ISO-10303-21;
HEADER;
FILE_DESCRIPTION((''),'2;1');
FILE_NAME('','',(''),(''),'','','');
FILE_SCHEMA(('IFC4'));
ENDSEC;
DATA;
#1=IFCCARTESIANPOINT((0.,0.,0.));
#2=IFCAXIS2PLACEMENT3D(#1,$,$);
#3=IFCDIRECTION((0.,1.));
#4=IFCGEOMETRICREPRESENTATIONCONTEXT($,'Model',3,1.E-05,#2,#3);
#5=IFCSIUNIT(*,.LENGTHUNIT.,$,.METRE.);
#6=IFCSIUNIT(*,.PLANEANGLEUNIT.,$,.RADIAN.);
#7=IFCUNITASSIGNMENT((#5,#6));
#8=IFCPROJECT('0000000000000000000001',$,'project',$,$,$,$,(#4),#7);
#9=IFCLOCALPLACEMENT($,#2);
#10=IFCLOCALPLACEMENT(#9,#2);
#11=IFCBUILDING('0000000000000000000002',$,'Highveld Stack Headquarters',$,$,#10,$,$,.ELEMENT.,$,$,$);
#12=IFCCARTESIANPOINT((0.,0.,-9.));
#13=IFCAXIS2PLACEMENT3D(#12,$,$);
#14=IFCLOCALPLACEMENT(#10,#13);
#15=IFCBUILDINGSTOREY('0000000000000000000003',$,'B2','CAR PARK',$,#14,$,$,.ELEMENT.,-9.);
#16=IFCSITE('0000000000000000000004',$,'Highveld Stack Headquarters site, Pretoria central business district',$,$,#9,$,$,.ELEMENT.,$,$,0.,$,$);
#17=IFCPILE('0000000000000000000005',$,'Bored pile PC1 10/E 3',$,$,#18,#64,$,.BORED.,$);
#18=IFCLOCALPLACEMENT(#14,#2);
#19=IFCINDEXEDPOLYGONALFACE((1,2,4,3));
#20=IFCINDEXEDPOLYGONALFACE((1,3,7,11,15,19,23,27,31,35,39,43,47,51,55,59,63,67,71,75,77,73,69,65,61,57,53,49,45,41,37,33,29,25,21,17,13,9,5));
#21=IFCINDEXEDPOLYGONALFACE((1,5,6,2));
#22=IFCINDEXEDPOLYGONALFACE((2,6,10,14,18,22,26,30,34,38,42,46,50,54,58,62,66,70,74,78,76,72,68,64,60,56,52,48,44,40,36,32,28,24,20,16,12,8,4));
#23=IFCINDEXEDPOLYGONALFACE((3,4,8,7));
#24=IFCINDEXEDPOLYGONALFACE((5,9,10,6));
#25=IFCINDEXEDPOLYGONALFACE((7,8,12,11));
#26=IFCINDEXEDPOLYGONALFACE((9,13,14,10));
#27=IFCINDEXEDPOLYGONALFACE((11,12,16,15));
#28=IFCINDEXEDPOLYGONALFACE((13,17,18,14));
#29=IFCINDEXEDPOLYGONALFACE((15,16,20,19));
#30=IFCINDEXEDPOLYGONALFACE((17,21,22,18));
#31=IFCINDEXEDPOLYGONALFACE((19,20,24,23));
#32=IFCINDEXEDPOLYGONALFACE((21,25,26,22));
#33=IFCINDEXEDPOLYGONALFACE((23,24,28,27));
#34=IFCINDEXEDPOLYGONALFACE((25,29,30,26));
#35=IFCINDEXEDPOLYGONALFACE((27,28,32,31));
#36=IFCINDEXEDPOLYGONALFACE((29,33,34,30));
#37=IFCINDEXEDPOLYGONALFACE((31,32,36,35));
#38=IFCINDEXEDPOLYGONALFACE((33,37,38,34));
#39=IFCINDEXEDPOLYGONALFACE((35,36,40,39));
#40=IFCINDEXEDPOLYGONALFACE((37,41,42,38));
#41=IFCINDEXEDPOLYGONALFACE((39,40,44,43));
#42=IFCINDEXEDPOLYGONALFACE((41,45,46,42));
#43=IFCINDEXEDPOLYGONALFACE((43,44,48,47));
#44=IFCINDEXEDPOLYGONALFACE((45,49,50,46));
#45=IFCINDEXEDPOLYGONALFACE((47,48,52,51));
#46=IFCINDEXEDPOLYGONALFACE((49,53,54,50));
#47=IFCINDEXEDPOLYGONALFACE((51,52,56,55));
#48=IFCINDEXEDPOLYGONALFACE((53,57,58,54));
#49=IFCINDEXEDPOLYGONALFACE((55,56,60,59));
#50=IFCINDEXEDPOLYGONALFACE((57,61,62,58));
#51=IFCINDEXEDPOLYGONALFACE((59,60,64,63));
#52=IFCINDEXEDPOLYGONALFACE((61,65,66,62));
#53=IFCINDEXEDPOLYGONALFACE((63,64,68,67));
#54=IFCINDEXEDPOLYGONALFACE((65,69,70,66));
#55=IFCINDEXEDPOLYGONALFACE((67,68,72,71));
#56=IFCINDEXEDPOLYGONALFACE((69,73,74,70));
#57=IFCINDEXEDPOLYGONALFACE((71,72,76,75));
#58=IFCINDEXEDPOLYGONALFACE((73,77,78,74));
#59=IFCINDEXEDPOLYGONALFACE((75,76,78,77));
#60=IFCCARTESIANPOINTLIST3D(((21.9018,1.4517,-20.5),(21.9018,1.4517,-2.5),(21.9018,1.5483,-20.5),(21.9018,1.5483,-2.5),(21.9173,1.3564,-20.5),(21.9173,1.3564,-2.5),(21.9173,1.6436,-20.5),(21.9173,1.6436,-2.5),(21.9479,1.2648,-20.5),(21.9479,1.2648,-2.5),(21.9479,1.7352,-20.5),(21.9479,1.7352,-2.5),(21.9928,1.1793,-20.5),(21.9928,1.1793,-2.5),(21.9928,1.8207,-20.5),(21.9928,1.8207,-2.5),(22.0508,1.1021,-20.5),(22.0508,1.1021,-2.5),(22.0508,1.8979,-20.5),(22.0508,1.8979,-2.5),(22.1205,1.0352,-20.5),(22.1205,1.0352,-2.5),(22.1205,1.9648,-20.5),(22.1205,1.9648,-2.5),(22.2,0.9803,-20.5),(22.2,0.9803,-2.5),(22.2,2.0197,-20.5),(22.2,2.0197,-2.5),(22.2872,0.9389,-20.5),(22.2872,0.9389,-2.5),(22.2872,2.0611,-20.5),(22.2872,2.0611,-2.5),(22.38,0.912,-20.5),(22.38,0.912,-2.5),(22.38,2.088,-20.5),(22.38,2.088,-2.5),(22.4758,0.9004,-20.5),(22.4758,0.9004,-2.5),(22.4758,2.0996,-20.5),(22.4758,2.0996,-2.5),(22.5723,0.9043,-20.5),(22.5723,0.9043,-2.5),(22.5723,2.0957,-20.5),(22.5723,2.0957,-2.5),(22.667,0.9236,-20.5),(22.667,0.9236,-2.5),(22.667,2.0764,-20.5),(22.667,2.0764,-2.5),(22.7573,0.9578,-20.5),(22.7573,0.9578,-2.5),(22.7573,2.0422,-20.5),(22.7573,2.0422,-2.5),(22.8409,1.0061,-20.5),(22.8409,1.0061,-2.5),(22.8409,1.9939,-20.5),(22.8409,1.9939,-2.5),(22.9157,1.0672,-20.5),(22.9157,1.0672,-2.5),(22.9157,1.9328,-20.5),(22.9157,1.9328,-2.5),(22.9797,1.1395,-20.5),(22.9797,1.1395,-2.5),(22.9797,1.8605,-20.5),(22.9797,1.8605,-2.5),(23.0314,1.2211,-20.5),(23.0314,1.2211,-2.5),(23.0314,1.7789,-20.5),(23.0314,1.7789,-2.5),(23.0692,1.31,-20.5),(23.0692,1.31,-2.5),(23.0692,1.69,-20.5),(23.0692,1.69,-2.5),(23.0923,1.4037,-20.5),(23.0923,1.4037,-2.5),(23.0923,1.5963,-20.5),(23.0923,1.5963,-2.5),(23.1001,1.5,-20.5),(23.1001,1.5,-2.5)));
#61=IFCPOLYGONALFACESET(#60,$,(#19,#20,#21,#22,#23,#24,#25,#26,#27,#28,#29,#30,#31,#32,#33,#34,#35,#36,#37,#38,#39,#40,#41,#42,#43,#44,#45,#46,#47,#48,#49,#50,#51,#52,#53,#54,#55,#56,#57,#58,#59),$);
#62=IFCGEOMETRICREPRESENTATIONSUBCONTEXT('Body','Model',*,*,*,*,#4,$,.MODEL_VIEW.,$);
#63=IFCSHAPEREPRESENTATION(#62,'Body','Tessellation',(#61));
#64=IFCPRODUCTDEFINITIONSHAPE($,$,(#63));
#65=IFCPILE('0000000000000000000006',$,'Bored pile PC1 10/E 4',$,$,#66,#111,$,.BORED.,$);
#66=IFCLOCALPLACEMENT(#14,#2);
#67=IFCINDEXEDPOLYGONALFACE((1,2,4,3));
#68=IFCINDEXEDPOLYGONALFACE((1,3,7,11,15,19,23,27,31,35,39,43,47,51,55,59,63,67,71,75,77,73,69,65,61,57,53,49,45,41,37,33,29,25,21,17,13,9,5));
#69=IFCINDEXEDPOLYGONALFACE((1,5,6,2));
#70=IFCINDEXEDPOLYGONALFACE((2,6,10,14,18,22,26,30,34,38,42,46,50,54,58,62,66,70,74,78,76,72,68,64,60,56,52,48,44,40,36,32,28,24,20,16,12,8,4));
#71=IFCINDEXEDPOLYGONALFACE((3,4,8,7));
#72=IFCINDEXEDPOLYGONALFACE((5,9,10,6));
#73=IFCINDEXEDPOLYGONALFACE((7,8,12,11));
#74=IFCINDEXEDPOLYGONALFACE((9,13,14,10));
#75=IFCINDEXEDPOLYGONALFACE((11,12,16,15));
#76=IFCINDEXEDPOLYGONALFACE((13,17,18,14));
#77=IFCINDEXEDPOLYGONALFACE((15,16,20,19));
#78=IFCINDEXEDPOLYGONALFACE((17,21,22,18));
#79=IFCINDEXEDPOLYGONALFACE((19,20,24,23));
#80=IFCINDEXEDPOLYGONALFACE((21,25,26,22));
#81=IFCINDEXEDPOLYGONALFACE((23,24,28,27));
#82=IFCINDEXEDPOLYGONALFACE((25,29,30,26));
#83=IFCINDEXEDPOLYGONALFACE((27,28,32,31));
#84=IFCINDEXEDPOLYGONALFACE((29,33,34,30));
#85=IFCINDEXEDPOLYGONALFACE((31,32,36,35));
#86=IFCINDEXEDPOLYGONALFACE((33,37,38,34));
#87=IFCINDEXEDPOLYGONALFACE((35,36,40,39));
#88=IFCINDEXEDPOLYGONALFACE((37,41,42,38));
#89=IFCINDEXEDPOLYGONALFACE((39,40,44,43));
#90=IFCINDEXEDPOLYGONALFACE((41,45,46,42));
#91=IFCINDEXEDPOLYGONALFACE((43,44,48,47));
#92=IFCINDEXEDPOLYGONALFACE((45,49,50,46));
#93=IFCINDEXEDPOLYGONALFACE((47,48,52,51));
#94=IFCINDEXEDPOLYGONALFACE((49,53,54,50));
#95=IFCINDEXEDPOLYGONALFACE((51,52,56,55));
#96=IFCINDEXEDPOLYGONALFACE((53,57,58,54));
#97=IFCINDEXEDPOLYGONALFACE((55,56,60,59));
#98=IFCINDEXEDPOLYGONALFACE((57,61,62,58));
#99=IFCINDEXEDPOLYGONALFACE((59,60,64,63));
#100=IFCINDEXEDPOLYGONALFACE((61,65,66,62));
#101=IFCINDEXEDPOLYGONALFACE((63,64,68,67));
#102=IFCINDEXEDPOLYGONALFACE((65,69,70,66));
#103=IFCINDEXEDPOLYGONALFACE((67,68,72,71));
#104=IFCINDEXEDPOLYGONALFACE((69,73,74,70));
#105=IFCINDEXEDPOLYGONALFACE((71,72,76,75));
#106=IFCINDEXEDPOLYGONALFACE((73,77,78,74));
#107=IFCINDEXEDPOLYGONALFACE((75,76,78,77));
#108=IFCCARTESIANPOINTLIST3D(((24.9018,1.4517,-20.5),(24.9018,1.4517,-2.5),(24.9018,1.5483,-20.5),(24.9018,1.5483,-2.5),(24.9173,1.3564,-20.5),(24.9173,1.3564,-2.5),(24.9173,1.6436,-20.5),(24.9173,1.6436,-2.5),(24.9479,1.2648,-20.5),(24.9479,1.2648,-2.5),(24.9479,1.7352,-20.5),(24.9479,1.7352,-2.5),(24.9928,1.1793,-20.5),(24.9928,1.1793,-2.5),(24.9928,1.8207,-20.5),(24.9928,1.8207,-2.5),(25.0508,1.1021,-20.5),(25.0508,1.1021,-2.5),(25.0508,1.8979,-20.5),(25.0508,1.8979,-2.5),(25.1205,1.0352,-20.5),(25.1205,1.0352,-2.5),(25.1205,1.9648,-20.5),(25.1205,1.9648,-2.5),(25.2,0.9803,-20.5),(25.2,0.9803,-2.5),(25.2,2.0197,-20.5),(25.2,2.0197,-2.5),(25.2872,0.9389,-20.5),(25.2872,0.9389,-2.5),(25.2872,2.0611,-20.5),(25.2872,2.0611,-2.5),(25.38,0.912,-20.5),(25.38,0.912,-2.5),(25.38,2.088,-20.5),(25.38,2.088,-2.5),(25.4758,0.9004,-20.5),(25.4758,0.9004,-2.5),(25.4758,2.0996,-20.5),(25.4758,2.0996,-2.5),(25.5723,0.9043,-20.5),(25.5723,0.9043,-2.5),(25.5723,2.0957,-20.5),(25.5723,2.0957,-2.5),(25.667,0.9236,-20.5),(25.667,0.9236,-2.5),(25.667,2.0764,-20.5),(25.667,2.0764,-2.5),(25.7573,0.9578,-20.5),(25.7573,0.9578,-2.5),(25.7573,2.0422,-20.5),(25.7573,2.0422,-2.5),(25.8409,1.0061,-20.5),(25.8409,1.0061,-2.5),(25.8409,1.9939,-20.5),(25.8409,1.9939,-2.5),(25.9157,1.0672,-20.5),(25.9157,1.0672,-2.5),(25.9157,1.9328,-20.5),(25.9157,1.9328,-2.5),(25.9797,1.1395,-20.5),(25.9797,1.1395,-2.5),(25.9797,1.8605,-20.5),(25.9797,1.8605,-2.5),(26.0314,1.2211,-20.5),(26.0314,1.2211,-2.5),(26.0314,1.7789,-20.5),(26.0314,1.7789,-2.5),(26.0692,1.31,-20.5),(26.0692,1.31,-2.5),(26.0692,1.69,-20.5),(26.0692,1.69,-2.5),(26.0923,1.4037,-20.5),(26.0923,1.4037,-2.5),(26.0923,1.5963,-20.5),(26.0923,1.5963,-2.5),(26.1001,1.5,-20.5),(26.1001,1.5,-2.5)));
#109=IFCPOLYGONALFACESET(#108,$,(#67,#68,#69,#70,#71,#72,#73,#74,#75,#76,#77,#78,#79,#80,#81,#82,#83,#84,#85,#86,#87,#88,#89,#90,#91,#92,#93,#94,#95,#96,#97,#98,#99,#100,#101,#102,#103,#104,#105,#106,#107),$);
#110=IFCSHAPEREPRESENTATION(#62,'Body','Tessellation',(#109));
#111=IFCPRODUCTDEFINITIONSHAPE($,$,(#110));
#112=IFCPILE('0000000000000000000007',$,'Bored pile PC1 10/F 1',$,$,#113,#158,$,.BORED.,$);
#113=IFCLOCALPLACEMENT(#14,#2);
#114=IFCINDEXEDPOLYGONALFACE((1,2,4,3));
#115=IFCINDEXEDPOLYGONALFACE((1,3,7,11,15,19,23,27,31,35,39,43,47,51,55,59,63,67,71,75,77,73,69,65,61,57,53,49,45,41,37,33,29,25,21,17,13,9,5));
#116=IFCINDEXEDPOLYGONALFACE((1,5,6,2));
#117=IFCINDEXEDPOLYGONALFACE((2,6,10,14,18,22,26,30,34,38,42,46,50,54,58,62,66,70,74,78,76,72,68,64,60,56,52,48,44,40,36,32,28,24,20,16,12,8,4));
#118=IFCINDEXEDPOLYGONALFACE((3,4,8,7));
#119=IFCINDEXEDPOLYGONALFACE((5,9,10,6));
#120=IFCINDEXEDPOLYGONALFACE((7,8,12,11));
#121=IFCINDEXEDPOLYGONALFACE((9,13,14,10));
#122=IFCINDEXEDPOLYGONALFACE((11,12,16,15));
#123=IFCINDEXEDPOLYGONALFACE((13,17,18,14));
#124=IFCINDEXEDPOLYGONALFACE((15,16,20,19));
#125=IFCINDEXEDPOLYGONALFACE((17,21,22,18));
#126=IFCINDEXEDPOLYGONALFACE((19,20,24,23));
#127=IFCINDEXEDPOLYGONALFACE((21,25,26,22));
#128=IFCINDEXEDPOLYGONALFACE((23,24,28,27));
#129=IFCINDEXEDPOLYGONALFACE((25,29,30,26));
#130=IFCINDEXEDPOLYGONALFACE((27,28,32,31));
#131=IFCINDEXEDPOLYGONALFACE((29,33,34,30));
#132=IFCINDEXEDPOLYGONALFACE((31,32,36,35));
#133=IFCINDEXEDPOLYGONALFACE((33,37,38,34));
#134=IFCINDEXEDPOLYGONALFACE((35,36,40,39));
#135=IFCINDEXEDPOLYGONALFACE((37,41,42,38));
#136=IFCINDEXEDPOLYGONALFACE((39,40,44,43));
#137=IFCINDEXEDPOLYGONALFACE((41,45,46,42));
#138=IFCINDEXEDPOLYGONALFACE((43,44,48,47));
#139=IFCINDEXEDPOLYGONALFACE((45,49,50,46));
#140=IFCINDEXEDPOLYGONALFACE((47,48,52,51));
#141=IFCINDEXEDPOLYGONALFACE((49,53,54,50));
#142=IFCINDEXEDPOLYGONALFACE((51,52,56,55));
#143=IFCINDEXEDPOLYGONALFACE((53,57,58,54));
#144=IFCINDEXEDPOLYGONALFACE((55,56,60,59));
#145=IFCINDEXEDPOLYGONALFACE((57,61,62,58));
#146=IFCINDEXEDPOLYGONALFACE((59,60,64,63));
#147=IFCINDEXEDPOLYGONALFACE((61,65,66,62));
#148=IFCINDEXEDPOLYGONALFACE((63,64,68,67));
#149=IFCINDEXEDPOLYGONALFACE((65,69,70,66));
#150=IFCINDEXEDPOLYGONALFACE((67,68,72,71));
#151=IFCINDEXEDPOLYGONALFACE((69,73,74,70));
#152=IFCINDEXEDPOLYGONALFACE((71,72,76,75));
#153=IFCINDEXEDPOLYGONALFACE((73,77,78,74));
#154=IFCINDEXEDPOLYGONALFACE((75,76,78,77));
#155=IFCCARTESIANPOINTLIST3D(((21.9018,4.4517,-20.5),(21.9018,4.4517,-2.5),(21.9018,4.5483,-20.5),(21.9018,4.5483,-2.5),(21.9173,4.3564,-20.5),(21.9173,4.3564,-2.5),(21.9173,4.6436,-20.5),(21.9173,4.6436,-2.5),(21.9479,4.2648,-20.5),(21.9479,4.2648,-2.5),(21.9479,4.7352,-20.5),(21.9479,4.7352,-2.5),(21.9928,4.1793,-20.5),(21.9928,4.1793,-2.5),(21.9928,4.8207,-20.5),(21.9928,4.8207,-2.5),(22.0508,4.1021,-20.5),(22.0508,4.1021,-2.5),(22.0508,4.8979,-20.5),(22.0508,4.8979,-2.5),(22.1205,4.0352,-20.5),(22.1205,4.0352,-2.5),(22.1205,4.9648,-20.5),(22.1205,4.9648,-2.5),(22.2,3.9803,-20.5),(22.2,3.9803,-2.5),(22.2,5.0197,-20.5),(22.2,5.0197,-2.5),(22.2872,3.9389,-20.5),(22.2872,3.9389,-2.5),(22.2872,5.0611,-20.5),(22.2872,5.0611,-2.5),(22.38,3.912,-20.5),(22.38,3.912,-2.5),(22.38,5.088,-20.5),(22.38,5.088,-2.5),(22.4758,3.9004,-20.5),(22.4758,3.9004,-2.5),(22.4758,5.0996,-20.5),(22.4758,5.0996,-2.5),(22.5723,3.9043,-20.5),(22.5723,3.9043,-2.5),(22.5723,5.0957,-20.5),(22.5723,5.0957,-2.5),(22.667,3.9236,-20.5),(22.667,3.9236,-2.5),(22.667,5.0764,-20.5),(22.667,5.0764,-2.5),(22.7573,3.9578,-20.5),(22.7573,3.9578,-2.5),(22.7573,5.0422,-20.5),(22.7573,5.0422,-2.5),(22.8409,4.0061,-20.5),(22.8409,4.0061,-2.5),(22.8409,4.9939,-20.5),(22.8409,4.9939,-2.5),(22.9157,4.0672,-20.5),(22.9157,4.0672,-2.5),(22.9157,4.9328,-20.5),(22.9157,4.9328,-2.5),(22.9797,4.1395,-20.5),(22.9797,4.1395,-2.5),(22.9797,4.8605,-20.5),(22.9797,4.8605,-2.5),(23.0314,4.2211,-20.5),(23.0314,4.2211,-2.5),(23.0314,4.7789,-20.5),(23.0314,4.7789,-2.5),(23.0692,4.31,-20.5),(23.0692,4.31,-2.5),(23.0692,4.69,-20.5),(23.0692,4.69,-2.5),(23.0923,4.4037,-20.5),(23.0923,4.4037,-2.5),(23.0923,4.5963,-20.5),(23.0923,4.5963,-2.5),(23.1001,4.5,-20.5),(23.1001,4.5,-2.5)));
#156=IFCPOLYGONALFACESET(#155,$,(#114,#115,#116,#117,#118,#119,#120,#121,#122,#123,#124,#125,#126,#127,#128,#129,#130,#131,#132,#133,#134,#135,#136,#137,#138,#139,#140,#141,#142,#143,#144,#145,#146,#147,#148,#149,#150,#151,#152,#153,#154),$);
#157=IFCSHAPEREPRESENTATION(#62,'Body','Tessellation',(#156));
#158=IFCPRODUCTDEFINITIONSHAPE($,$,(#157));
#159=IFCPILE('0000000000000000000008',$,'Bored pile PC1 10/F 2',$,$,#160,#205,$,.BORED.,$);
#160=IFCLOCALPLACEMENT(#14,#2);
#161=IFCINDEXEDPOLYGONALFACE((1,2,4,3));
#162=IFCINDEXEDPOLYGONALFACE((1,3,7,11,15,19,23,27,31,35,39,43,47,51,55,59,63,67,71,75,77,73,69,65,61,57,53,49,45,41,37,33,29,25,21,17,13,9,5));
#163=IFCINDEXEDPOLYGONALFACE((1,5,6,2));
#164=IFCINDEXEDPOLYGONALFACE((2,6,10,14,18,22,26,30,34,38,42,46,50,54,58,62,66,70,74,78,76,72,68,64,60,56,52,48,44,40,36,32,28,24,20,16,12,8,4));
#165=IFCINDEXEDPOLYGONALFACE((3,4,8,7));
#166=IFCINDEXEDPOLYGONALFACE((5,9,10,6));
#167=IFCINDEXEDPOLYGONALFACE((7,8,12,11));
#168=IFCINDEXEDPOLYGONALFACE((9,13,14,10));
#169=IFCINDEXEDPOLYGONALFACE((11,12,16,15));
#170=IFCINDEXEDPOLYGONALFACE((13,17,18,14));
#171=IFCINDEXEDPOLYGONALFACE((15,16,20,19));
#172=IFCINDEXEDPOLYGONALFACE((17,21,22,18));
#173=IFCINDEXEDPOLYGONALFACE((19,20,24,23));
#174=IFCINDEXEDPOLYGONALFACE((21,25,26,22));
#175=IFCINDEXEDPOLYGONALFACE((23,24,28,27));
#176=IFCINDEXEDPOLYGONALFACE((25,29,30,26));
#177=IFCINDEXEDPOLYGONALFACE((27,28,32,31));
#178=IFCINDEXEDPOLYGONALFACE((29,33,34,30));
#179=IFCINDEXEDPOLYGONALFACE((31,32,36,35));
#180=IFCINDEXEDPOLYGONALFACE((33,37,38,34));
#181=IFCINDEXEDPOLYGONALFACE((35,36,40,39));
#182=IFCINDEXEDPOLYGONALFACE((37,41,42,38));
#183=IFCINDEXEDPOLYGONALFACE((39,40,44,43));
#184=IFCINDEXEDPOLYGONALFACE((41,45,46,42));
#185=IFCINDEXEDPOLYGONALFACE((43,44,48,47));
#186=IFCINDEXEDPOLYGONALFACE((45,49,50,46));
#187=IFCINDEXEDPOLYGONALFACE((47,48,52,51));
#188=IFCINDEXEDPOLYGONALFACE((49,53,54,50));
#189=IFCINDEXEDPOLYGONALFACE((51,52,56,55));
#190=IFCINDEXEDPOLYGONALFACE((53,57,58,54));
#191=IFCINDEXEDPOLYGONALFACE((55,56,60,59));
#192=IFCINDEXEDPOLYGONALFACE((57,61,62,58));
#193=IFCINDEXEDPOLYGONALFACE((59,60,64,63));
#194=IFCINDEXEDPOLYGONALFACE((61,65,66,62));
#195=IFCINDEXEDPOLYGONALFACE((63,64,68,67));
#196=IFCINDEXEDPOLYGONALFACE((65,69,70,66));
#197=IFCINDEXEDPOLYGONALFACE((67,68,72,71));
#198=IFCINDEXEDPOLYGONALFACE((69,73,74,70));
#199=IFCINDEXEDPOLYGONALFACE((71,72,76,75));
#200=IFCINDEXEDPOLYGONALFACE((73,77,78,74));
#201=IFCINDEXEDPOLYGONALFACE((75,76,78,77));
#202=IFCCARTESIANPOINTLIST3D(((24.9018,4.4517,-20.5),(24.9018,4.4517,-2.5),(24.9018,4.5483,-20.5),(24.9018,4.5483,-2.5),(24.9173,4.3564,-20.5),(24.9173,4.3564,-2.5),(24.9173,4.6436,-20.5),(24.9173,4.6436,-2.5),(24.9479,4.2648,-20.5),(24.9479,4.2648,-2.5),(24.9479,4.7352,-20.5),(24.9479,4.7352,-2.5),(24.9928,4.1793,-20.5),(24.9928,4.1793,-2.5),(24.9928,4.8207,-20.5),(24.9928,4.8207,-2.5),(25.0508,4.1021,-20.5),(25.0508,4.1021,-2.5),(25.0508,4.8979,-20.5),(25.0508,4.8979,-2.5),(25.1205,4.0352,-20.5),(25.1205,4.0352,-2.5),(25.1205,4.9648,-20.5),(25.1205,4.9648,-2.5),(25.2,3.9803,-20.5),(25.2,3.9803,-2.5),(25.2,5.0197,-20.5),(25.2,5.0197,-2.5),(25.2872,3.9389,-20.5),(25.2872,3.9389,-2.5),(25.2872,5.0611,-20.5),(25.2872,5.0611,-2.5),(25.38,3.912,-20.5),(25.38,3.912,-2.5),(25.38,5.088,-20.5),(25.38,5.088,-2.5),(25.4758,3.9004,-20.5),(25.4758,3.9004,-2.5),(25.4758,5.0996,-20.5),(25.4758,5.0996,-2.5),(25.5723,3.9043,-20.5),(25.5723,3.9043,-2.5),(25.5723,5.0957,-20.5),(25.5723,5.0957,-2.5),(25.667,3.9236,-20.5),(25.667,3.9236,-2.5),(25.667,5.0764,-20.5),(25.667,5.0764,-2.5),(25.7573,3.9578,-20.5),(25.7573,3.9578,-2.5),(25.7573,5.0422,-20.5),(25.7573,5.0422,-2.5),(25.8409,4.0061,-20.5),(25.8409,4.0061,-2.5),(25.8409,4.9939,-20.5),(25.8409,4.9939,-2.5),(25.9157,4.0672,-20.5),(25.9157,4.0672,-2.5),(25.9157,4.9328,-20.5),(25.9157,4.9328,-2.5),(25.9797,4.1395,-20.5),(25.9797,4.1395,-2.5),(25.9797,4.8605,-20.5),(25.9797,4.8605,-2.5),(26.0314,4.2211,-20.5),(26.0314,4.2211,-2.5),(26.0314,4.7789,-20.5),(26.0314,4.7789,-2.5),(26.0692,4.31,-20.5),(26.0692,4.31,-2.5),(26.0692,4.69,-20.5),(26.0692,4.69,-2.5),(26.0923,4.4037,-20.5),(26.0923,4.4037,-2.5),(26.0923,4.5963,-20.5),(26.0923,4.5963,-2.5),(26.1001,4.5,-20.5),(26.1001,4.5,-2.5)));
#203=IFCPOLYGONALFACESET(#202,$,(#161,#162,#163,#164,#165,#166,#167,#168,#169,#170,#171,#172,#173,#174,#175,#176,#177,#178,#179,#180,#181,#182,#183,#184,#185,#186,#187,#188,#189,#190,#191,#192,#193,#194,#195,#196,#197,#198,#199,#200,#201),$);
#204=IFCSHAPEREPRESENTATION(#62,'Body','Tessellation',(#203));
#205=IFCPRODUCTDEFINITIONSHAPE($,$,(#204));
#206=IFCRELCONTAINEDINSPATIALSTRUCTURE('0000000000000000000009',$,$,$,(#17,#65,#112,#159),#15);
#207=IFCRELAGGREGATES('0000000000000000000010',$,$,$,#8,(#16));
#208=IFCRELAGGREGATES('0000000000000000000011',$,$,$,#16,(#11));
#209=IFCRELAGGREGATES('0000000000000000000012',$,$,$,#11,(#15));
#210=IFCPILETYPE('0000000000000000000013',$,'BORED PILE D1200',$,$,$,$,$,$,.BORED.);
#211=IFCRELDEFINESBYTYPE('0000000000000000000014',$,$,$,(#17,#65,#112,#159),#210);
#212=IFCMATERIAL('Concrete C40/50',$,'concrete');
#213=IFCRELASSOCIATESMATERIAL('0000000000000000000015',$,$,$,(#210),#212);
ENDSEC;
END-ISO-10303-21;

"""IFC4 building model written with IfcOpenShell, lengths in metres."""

from ifc_helpers import new_model, si_unit, direction, frame, origin, origin_2d, place, context, subcontext, project, spatial, circle, extrude, material, type_object, element, save


model = new_model("IFC4")

# Units and contexts
model_context = context("Model", 3, precision=1e-05, world=origin(), true_north=direction((0.0, 1.0)))
body_context = subcontext(model_context, "Body", "Model", "MODEL_VIEW")
ifc_project = project(units=[si_unit("LENGTHUNIT", "METRE"), si_unit("PLANEANGLEUNIT", "RADIAN")], contexts=[model_context])

# Site, building, storey
site_placement = place(None, origin())
site = spatial("IfcSite", under=ifc_project, at=site_placement, Name="Highveld Stack Headquarters site, Pretoria central business district", CompositionType="ELEMENT", RefElevation=0.0)
building_placement = place(site_placement, origin())
building = spatial("IfcBuilding", under=site, at=building_placement, Name="Highveld Stack Headquarters", CompositionType="ELEMENT")
storey_placement = place(building_placement, frame((0.0, 0.0, -9.0)))
storey = spatial("IfcBuildingStorey", under=building, at=storey_placement, Name="B2", Description="CAR PARK", CompositionType="ELEMENT", Elevation=-9.0)

# Piles
ifc_material_1 = material(Name="Concrete C40/50", Category="concrete")
pile_type_1 = type_object("IfcPileType", Name="BORED PILE D1200", PredefinedType="BORED", material=ifc_material_1)
for number, where, z_axis, x_axis, name in (
    (1, (22.5, 1.5, -2.5), (0.0, 0.0, -1.0), (1.0, 0.0, 0.0), "Bored pile PC1 10/E 3"),
    (2, (25.5, 1.5, -2.5), (0.0, 0.0, -1.0), (1.0, 0.0, 0.0), "Bored pile PC1 10/E 4"),
    (3, (22.5, 4.5, -2.5), (0.0, 0.0, -1.0), (1.0, 0.0, 0.0), "Bored pile PC1 10/F 1"),
    (4, (25.5, 4.5, -2.5), (0.0, 0.0, -1.0), (1.0, 0.0, 0.0), "Bored pile PC1 10/F 2"),
):
    element("IfcPile", number, at=place(storey_placement, frame(where, z_axis=z_axis, x_axis=x_axis)), inside=storey, type_object=pile_type_1, Name=name, PredefinedType="BORED", context=body_context, shape_type="SweptSolid", body=[
        extrude(circle(Radius=0.6001, at=origin_2d()), origin(), (0.0, 0.0, 1.0), 18.0),
    ])

save(model, "model.ifc")
